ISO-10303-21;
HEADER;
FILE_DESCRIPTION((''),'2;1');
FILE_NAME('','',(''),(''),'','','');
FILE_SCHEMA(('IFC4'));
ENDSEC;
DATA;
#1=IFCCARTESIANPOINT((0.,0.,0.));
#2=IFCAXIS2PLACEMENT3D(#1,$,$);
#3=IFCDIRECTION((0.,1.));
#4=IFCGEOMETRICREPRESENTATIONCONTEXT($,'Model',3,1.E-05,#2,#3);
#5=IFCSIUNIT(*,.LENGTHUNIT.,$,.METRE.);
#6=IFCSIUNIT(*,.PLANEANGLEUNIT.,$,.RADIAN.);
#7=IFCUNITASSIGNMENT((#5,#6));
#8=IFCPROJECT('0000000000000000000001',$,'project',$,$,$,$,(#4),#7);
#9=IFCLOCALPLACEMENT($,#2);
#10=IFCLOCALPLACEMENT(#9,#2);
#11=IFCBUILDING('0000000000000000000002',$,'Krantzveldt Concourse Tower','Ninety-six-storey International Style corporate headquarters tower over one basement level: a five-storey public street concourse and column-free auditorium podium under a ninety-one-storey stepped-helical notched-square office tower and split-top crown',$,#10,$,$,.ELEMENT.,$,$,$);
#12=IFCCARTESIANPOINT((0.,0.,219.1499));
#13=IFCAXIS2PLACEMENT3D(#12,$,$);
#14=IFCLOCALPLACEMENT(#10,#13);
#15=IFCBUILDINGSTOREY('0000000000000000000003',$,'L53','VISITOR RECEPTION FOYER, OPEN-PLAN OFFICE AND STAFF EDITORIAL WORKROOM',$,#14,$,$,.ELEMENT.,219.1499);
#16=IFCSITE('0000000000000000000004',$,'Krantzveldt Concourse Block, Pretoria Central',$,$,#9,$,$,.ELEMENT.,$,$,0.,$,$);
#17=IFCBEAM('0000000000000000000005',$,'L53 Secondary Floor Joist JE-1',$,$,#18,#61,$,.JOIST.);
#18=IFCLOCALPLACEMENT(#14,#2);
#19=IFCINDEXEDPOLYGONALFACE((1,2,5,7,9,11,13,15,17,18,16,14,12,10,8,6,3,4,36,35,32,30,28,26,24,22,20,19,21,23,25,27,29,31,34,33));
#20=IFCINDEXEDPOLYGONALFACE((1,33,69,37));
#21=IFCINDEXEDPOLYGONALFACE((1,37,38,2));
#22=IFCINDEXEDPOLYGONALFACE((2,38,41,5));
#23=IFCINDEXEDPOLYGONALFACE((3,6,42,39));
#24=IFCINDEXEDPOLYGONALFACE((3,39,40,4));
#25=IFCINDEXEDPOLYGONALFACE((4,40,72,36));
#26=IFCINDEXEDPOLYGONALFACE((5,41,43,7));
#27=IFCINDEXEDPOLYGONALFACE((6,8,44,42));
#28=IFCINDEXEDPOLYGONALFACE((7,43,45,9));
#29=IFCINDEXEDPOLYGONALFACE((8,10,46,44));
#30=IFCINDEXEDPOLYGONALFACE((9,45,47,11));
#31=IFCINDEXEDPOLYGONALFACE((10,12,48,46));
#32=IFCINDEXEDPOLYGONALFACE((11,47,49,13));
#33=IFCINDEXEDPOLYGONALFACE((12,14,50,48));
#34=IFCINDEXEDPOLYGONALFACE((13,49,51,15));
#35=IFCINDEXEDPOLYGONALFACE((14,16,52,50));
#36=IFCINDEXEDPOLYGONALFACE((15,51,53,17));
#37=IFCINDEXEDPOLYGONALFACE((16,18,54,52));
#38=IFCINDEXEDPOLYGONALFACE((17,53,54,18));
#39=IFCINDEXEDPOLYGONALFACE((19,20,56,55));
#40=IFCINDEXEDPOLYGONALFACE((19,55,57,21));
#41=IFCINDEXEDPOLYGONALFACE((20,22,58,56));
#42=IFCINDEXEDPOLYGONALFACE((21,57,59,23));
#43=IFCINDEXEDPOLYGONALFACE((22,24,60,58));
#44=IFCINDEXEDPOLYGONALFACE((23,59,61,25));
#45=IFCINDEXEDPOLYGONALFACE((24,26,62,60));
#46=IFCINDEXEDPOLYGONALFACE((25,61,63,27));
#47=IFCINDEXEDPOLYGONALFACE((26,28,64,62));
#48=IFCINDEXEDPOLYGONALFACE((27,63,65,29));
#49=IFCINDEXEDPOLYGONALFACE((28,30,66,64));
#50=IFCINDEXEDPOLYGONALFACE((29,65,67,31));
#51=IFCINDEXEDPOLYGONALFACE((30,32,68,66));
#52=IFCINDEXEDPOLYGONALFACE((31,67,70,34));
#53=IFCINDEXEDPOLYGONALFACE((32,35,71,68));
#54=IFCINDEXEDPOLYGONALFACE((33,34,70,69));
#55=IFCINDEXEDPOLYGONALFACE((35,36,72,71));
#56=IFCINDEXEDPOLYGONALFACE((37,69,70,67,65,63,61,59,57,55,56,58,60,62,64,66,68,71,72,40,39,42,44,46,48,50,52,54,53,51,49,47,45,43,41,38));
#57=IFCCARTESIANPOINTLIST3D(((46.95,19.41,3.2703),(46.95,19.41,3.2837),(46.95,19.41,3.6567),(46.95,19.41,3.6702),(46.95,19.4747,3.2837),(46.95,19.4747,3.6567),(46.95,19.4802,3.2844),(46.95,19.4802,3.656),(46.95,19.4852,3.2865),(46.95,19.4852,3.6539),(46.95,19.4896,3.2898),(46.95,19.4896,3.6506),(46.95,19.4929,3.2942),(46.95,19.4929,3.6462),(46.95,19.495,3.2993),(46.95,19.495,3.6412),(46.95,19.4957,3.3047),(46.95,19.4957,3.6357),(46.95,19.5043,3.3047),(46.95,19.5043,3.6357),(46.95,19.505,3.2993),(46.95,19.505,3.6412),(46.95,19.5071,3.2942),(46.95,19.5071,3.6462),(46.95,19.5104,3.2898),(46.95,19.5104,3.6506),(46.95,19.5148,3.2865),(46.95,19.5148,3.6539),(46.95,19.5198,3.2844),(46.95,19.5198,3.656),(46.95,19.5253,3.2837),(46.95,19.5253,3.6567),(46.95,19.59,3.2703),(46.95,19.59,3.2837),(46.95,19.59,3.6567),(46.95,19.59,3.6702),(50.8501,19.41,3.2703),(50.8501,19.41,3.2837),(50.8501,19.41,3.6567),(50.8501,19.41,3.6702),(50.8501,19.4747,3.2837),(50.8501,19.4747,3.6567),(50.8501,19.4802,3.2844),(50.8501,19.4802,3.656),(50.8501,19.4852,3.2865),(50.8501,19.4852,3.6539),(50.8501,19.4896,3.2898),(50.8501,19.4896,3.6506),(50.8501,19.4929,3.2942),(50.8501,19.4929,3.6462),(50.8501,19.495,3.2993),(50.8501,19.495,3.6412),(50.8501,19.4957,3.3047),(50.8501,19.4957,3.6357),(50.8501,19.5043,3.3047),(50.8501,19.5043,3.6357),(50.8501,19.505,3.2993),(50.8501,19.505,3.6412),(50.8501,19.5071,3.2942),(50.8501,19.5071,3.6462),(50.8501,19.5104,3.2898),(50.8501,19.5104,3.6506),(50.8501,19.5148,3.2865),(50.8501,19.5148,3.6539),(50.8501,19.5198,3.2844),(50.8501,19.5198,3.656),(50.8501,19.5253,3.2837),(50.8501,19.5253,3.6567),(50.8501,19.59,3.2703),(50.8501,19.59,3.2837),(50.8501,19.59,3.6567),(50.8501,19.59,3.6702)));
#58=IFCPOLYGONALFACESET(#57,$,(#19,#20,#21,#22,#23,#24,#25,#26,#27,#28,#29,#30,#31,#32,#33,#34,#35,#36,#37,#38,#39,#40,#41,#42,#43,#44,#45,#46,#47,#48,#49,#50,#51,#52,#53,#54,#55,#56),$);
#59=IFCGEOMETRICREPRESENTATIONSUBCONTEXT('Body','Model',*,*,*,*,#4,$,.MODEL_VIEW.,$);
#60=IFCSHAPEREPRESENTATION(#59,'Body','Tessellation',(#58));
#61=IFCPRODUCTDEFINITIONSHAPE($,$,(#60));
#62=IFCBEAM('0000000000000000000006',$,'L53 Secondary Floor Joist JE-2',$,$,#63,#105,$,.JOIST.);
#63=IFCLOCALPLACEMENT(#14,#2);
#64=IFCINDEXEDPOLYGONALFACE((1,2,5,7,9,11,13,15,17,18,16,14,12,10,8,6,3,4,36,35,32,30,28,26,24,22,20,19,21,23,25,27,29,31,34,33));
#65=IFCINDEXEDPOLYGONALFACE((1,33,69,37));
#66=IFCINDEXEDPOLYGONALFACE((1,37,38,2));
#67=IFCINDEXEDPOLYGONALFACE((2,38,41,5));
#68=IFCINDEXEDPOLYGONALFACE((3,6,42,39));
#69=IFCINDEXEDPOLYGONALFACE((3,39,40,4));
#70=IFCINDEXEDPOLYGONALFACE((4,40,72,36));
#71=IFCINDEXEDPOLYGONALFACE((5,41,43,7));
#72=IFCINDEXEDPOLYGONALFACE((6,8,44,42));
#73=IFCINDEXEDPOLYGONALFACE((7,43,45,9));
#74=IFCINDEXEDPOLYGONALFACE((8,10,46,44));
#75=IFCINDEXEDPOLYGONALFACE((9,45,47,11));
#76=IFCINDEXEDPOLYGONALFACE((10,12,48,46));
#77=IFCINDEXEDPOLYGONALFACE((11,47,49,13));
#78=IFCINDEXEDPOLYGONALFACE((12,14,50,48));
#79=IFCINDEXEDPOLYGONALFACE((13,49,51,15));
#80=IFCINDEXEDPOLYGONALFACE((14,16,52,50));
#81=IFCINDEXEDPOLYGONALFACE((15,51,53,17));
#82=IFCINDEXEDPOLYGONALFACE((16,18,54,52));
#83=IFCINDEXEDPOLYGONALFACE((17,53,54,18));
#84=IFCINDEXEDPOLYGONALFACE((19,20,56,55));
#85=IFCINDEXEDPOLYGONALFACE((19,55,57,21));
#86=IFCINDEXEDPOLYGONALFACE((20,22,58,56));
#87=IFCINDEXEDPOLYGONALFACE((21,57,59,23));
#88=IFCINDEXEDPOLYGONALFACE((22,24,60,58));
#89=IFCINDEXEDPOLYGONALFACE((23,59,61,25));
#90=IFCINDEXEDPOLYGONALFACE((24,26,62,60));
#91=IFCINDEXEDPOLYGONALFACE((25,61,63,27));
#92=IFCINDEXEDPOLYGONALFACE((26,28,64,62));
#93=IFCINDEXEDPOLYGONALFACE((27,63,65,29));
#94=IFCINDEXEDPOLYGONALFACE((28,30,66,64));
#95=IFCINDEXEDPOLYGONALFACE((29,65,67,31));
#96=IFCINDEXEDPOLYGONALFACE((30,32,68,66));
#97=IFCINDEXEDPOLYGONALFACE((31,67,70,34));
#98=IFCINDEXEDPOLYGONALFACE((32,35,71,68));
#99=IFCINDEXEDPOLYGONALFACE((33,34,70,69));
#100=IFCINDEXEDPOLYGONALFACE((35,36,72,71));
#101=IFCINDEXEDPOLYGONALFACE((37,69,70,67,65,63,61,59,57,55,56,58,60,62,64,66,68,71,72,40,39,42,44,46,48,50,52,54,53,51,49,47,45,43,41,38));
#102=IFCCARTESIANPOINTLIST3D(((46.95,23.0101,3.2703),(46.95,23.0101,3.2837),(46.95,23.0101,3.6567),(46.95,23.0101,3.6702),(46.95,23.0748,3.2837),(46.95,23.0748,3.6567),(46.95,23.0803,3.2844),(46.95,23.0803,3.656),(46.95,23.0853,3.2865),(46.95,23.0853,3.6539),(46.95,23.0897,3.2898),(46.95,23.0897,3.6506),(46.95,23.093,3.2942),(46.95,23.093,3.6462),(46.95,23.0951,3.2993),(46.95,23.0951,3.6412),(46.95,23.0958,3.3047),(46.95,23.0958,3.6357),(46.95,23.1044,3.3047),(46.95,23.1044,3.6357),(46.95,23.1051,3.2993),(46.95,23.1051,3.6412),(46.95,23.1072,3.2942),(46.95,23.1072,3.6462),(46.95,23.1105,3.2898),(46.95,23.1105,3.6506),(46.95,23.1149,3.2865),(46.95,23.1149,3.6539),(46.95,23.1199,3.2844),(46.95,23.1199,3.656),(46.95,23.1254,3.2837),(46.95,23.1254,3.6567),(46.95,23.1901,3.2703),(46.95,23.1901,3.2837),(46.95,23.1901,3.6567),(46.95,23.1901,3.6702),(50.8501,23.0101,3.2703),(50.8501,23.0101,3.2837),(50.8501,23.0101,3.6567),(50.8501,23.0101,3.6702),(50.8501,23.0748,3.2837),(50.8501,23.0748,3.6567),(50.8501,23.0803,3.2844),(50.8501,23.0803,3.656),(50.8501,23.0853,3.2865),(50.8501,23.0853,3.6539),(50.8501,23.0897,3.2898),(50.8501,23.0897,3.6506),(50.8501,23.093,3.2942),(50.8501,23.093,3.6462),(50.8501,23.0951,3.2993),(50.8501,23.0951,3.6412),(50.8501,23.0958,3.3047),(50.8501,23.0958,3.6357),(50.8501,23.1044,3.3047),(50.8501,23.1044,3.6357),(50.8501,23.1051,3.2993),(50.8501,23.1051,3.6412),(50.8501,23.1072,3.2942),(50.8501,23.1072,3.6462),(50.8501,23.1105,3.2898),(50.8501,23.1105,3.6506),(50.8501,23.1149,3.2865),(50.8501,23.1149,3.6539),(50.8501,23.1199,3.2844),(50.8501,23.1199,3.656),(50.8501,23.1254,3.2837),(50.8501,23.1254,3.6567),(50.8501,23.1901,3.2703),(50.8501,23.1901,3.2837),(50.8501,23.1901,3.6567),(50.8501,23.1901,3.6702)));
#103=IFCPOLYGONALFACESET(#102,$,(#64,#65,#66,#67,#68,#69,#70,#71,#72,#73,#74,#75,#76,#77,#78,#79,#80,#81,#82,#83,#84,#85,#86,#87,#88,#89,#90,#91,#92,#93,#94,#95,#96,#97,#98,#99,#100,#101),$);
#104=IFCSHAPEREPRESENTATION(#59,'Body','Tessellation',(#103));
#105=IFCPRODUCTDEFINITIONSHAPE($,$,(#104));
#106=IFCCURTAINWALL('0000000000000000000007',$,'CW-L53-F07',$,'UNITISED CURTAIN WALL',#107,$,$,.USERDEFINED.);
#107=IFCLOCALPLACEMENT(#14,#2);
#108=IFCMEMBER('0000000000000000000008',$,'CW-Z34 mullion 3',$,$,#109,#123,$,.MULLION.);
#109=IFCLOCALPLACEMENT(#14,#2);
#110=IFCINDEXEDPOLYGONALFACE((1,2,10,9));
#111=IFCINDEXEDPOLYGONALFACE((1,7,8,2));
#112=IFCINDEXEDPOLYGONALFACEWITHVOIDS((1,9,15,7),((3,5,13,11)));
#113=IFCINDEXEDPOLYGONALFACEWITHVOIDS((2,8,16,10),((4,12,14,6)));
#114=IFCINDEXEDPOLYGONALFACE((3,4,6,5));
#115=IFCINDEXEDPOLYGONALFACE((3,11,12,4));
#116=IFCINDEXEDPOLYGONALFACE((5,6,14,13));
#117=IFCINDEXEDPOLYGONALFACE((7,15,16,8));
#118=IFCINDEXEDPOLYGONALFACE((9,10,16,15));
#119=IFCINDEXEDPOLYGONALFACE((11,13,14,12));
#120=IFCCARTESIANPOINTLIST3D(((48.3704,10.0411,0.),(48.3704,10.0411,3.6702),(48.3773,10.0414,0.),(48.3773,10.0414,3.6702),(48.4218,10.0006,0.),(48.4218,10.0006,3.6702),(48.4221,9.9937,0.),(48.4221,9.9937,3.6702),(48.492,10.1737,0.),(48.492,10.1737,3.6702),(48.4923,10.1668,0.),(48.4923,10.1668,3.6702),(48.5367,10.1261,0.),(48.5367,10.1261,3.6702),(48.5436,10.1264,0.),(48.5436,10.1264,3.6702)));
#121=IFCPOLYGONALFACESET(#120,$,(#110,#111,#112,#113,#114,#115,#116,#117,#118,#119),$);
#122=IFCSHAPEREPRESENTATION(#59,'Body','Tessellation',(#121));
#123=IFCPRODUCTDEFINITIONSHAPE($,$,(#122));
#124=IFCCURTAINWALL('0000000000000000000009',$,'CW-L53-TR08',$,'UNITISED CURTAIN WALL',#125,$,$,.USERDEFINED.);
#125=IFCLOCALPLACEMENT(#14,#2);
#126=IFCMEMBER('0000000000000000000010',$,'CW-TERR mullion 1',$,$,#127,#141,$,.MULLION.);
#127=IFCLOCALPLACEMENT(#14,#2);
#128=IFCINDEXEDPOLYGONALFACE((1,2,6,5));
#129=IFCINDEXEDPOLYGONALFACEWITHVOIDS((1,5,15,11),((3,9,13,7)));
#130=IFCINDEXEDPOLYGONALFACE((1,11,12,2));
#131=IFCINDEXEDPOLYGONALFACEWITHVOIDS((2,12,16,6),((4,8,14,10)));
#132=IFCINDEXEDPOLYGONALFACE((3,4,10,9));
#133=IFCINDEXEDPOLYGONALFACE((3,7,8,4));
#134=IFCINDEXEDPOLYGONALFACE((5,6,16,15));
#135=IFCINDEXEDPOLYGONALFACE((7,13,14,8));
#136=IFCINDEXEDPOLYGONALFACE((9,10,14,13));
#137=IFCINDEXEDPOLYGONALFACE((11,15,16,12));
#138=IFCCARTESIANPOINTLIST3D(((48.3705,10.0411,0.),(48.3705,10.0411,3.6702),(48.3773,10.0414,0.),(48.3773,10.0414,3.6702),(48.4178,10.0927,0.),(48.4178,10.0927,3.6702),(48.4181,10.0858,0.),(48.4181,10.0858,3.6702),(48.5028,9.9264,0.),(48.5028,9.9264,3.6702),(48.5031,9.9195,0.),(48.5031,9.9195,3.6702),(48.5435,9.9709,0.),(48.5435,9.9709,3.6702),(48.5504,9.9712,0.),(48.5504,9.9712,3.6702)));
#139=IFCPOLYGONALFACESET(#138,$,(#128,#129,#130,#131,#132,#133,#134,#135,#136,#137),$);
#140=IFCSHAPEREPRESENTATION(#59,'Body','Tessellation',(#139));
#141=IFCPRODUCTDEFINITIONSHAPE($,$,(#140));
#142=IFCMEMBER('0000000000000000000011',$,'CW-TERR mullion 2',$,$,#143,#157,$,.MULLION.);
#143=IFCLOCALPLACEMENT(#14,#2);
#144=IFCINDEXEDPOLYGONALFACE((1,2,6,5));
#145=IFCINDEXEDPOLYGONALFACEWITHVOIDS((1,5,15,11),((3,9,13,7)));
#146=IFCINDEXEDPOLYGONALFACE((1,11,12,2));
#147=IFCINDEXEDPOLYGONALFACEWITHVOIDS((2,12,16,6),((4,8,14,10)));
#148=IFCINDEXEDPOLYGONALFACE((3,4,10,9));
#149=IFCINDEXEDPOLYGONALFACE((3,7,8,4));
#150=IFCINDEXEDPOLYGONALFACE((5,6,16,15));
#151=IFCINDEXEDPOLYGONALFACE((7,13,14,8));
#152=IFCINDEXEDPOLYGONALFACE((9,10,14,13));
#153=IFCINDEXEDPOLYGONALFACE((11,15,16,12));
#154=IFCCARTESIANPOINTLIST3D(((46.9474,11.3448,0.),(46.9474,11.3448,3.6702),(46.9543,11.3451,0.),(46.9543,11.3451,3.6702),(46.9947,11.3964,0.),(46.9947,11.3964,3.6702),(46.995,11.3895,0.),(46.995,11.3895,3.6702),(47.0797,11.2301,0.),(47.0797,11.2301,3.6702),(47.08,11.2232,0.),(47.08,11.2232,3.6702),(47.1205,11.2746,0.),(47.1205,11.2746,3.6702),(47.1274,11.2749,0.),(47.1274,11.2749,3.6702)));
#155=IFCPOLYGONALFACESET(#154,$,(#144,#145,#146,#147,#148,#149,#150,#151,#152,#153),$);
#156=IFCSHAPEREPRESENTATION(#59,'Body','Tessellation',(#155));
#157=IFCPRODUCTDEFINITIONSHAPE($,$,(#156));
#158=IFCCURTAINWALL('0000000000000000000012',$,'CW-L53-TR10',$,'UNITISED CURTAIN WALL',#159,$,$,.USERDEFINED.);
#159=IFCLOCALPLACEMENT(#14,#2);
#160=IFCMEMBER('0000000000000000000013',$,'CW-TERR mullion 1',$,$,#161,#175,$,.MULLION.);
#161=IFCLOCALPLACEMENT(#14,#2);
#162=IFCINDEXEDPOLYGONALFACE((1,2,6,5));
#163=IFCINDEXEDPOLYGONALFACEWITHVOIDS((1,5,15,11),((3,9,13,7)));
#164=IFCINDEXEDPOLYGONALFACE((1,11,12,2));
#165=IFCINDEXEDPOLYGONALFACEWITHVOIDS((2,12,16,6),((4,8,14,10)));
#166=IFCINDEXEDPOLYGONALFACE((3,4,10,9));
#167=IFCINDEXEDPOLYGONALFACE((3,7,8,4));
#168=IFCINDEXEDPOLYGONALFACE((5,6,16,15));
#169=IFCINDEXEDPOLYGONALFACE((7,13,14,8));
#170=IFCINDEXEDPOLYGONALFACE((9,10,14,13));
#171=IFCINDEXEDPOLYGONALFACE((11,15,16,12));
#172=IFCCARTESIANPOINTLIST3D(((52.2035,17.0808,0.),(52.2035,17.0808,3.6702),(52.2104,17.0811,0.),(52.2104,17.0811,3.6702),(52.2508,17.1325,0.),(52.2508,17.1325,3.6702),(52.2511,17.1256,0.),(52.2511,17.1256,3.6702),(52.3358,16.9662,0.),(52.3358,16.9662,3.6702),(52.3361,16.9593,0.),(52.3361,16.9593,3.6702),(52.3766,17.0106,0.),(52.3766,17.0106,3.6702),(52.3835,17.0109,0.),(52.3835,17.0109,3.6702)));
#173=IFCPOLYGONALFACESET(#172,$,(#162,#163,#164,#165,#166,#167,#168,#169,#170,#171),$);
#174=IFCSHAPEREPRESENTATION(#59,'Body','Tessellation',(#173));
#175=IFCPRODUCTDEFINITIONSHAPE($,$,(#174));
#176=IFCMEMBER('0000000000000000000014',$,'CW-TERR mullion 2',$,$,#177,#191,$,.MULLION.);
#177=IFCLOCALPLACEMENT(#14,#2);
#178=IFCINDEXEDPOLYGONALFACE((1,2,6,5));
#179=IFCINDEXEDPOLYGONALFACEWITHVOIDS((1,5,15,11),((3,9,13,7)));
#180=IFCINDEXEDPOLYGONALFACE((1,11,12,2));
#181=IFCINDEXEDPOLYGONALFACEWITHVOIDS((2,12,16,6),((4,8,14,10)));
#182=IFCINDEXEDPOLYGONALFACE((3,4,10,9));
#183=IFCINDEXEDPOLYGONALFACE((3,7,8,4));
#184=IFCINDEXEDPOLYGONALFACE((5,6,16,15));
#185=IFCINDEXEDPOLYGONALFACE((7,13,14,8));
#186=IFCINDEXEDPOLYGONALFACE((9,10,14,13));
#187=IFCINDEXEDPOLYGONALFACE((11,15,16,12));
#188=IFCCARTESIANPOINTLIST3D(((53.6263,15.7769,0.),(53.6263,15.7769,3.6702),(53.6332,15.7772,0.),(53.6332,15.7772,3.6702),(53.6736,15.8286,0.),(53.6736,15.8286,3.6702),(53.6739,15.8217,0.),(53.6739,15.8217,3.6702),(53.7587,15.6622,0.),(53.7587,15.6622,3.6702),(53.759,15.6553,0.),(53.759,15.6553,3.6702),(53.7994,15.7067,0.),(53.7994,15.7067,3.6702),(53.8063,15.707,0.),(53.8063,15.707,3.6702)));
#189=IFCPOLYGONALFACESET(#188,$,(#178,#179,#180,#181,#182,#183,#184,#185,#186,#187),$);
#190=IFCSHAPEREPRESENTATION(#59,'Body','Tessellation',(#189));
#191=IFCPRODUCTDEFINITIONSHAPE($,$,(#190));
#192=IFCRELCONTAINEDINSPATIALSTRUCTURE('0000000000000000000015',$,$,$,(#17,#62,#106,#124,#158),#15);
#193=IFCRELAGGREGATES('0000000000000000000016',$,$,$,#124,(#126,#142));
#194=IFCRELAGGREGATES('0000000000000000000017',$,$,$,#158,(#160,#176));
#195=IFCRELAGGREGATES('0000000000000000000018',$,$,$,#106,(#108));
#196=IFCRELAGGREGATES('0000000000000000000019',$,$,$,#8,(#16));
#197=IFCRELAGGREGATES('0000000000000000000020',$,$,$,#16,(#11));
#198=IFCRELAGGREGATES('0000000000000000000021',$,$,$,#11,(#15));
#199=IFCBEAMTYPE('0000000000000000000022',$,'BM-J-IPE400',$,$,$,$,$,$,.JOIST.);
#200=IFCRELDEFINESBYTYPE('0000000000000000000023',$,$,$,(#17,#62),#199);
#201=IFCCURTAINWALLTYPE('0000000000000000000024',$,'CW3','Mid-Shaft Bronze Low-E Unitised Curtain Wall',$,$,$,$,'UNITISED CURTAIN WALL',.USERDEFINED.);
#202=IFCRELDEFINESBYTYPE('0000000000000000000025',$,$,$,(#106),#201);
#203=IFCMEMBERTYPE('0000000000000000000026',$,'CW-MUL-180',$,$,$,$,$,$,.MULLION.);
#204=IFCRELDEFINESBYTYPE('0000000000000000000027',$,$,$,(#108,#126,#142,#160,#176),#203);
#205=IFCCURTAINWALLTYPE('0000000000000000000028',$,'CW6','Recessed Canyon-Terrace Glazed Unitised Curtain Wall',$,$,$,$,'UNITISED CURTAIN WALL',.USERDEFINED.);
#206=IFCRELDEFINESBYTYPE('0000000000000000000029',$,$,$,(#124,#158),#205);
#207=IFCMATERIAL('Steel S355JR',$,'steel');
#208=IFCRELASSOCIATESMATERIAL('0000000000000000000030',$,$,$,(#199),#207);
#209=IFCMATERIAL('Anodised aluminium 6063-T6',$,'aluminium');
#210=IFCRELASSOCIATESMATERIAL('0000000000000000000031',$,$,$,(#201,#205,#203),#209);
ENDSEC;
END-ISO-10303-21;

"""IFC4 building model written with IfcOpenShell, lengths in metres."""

from ifc_helpers import new_model, si_unit, direction, frame, origin, origin_2d, place, context, subcontext, project, spatial, hollow_rectangle, i_section, extrude, source, transform, mapped, material, material_profile, profile_set, type_object, type_shapes, element, aggregate, save


model = new_model("IFC4")

# Units and contexts
model_context = context("Model", 3, precision=1e-05, world=origin(), true_north=direction((0.0, 1.0)))
body_context = subcontext(model_context, "Body", "Model", "MODEL_VIEW")
ifc_project = project(units=[si_unit("LENGTHUNIT", "METRE"), si_unit("PLANEANGLEUNIT", "RADIAN")], contexts=[model_context])

# Site, building, storey
site_placement = place(None, origin())
site = spatial("IfcSite", under=ifc_project, at=site_placement, Name="Krantzveldt Concourse Block, Pretoria Central", CompositionType="ELEMENT", RefElevation=0.0)
building_placement = place(site_placement, origin())
building = spatial("IfcBuilding", under=site, at=building_placement, Name="Krantzveldt Concourse Tower", Description="Ninety-six-storey International Style corporate headquarters tower over one basement level: a five-storey public street concourse and column-free auditorium podium under a ninety-one-storey stepped-helical notched-square office tower and split-top crown", CompositionType="ELEMENT")
storey_placement = place(building_placement, frame((0.0, 0.0, 219.1499)))
storey = spatial("IfcBuildingStorey", under=building, at=storey_placement, Name="L53", Description="VISITOR RECEPTION FOYER, OPEN-PLAN OFFICE AND STAFF EDITORIAL WORKROOM", CompositionType="ELEMENT", Elevation=219.1499)

# Beams
ifc_material_1 = material(Name="Steel S355JR", Category="steel")
ifc_material_profile_1 = material_profile(ifc_material_1, i_section(OverallWidth=0.1799, OverallDepth=0.3999, WebThickness=0.0085, FlangeThickness=0.0134, FilletRadius=0.021, at=origin_2d()), Name="Steel S355JR", Category="steel")
ifc_profile_set_1 = profile_set([ifc_material_profile_1], Name="Steel S355JR - IPE 400")
beam_type_1 = type_object("IfcBeamType", Name="BM-J-IPE400", PredefinedType="JOIST", material=ifc_profile_set_1)
shared_shape_1 = source(origin(), body_context, "Body", "SweptSolid", [
    extrude(i_section(OverallWidth=0.1799, OverallDepth=0.3999, WebThickness=0.0085, FlangeThickness=0.0134, FilletRadius=0.021, at=origin_2d()), origin(), (0.0, 0.0, 1.0), 3.9001),
])
type_shapes(beam_type_1, [shared_shape_1])
for number, where, z_axis, x_axis, name in (
    (1, (46.95, 19.5, 3.4702), (1.0, 0.0, 0.0), (0.0, 1.0, 0.0), "L53 Secondary Floor Joist JE-1"),
    (2, (46.95, 23.1001, 3.4702), (1.0, 0.0, 0.0), (0.0, 1.0, 0.0), "L53 Secondary Floor Joist JE-2"),
):
    element("IfcBeam", number, at=place(storey_placement, frame(where, z_axis=z_axis, x_axis=x_axis)), inside=storey, type_object=beam_type_1, Name=name, PredefinedType="JOIST", context=body_context, shape_type="MappedRepresentation", body=[
        mapped(shared_shape_1, transform((0.0, 0.0, 0.0), x_axis=(1.0, 0.0, 0.0), y_axis=(0.0, 1.0, 0.0), z_axis=(0.0, 0.0, 1.0), scale=1.0)),
    ])

# Curtain wall, member
ifc_material_2 = material(Name="Anodised aluminium 6063-T6", Category="aluminium")
curtain_wall_type_1 = type_object("IfcCurtainWallType", Name="CW3", Description="Mid-Shaft Bronze Low-E Unitised Curtain Wall", ElementType="UNITISED CURTAIN WALL", PredefinedType="USERDEFINED", material=ifc_material_2)
curtain_wall_1_placement = place(storey_placement, origin())
curtain_wall_1 = element("IfcCurtainWall", 3, at=curtain_wall_1_placement, inside=storey, type_object=curtain_wall_type_1, Name="CW-L53-F07", ObjectType="UNITISED CURTAIN WALL", PredefinedType="USERDEFINED")
ifc_material_profile_2 = material_profile(ifc_material_2, hollow_rectangle(XDim=0.0701, YDim=0.1799, WallThickness=0.0049, at=origin_2d()), Name="Anodised aluminium 6063-T6", Category="aluminium")
ifc_profile_set_2 = profile_set([ifc_material_profile_2], Name="Anodised aluminium 6063-T6 - ALU-MULL 180x70x5")
member_type_1 = type_object("IfcMemberType", Name="CW-MUL-180", PredefinedType="MULLION", material=ifc_profile_set_2)
shared_shape_2 = source(origin(), body_context, "Body", "SweptSolid", [
    extrude(hollow_rectangle(XDim=0.0701, YDim=0.1799, WallThickness=0.0049, at=origin_2d()), origin(), (0.0, 0.0, 1.0), 3.6702),
])
type_shapes(member_type_1, [shared_shape_2])
member_1_placement = place(storey_placement, frame((48.457, 10.0837, 0.0), z_axis=(0.0, 0.0, 1.0), x_axis=(-0.737278, 0.67559, 0.0)))
member_1 = element("IfcMember", 4, at=member_1_placement, type_object=member_type_1, Name="CW-Z34 mullion 3", PredefinedType="MULLION", context=body_context, shape_type="MappedRepresentation", body=[
    mapped(shared_shape_2, transform((0.0, 0.0, 0.0), x_axis=(1.0, 0.0, 0.0), y_axis=(0.0, 1.0, 0.0), z_axis=(0.0, 0.0, 1.0), scale=1.0)),
])

# Curtain walls, members
curtain_wall_type_2 = type_object("IfcCurtainWallType", Name="CW6", Description="Recessed Canyon-Terrace Glazed Unitised Curtain Wall", ElementType="UNITISED CURTAIN WALL", PredefinedType="USERDEFINED", material=ifc_material_2)
curtain_wall_2_placement = place(storey_placement, origin())
curtain_wall_2 = element("IfcCurtainWall", 5, at=curtain_wall_2_placement, inside=storey, type_object=curtain_wall_type_2, Name="CW-L53-TR08", ObjectType="UNITISED CURTAIN WALL", PredefinedType="USERDEFINED")
member_2_placement = place(storey_placement, frame((48.4604, 10.0061, 0.0), z_axis=(0.0, 0.0, 1.0), x_axis=(-0.675591, -0.737276, 0.0)))
member_2 = element("IfcMember", 6, at=member_2_placement, type_object=member_type_1, Name="CW-TERR mullion 1", PredefinedType="MULLION", context=body_context, shape_type="MappedRepresentation", body=[
    mapped(shared_shape_2, transform((0.0, 0.0, 0.0), x_axis=(1.0, 0.0, 0.0), y_axis=(0.0, 1.0, 0.0), z_axis=(0.0, 0.0, 1.0), scale=1.0)),
])
member_3_placement = place(storey_placement, frame((47.0374, 11.3098, 0.0), z_axis=(0.0, 0.0, 1.0), x_axis=(-0.675591, -0.737276, 0.0)))
member_3 = element("IfcMember", 7, at=member_3_placement, type_object=member_type_1, Name="CW-TERR mullion 2", PredefinedType="MULLION", context=body_context, shape_type="MappedRepresentation", body=[
    mapped(shared_shape_2, transform((0.0, 0.0, 0.0), x_axis=(1.0, 0.0, 0.0), y_axis=(0.0, 1.0, 0.0), z_axis=(0.0, 0.0, 1.0), scale=1.0)),
])
curtain_wall_3_placement = place(storey_placement, origin())
curtain_wall_3 = element("IfcCurtainWall", 8, at=curtain_wall_3_placement, inside=storey, type_object=curtain_wall_type_2, Name="CW-L53-TR10", ObjectType="UNITISED CURTAIN WALL", PredefinedType="USERDEFINED")
member_4_placement = place(storey_placement, frame((52.2935, 17.0459, 0.0), z_axis=(0.0, 0.0, 1.0), x_axis=(0.675591, 0.737276, 0.0)))
member_4 = element("IfcMember", 9, at=member_4_placement, type_object=member_type_1, Name="CW-TERR mullion 1", PredefinedType="MULLION", context=body_context, shape_type="MappedRepresentation", body=[
    mapped(shared_shape_2, transform((0.0, 0.0, 0.0), x_axis=(1.0, 0.0, 0.0), y_axis=(0.0, 1.0, 0.0), z_axis=(0.0, 0.0, 1.0), scale=1.0)),
])
member_5_placement = place(storey_placement, frame((53.7163, 15.7419, 0.0), z_axis=(0.0, 0.0, 1.0), x_axis=(0.675591, 0.737276, 0.0)))
member_5 = element("IfcMember", 10, at=member_5_placement, type_object=member_type_1, Name="CW-TERR mullion 2", PredefinedType="MULLION", context=body_context, shape_type="MappedRepresentation", body=[
    mapped(shared_shape_2, transform((0.0, 0.0, 0.0), x_axis=(1.0, 0.0, 0.0), y_axis=(0.0, 1.0, 0.0), z_axis=(0.0, 0.0, 1.0), scale=1.0)),
])

aggregate(curtain_wall_2, [member_2, member_3])
aggregate(curtain_wall_3, [member_4, member_5])
aggregate(curtain_wall_1, [member_1])

save(model, "model.ifc")
